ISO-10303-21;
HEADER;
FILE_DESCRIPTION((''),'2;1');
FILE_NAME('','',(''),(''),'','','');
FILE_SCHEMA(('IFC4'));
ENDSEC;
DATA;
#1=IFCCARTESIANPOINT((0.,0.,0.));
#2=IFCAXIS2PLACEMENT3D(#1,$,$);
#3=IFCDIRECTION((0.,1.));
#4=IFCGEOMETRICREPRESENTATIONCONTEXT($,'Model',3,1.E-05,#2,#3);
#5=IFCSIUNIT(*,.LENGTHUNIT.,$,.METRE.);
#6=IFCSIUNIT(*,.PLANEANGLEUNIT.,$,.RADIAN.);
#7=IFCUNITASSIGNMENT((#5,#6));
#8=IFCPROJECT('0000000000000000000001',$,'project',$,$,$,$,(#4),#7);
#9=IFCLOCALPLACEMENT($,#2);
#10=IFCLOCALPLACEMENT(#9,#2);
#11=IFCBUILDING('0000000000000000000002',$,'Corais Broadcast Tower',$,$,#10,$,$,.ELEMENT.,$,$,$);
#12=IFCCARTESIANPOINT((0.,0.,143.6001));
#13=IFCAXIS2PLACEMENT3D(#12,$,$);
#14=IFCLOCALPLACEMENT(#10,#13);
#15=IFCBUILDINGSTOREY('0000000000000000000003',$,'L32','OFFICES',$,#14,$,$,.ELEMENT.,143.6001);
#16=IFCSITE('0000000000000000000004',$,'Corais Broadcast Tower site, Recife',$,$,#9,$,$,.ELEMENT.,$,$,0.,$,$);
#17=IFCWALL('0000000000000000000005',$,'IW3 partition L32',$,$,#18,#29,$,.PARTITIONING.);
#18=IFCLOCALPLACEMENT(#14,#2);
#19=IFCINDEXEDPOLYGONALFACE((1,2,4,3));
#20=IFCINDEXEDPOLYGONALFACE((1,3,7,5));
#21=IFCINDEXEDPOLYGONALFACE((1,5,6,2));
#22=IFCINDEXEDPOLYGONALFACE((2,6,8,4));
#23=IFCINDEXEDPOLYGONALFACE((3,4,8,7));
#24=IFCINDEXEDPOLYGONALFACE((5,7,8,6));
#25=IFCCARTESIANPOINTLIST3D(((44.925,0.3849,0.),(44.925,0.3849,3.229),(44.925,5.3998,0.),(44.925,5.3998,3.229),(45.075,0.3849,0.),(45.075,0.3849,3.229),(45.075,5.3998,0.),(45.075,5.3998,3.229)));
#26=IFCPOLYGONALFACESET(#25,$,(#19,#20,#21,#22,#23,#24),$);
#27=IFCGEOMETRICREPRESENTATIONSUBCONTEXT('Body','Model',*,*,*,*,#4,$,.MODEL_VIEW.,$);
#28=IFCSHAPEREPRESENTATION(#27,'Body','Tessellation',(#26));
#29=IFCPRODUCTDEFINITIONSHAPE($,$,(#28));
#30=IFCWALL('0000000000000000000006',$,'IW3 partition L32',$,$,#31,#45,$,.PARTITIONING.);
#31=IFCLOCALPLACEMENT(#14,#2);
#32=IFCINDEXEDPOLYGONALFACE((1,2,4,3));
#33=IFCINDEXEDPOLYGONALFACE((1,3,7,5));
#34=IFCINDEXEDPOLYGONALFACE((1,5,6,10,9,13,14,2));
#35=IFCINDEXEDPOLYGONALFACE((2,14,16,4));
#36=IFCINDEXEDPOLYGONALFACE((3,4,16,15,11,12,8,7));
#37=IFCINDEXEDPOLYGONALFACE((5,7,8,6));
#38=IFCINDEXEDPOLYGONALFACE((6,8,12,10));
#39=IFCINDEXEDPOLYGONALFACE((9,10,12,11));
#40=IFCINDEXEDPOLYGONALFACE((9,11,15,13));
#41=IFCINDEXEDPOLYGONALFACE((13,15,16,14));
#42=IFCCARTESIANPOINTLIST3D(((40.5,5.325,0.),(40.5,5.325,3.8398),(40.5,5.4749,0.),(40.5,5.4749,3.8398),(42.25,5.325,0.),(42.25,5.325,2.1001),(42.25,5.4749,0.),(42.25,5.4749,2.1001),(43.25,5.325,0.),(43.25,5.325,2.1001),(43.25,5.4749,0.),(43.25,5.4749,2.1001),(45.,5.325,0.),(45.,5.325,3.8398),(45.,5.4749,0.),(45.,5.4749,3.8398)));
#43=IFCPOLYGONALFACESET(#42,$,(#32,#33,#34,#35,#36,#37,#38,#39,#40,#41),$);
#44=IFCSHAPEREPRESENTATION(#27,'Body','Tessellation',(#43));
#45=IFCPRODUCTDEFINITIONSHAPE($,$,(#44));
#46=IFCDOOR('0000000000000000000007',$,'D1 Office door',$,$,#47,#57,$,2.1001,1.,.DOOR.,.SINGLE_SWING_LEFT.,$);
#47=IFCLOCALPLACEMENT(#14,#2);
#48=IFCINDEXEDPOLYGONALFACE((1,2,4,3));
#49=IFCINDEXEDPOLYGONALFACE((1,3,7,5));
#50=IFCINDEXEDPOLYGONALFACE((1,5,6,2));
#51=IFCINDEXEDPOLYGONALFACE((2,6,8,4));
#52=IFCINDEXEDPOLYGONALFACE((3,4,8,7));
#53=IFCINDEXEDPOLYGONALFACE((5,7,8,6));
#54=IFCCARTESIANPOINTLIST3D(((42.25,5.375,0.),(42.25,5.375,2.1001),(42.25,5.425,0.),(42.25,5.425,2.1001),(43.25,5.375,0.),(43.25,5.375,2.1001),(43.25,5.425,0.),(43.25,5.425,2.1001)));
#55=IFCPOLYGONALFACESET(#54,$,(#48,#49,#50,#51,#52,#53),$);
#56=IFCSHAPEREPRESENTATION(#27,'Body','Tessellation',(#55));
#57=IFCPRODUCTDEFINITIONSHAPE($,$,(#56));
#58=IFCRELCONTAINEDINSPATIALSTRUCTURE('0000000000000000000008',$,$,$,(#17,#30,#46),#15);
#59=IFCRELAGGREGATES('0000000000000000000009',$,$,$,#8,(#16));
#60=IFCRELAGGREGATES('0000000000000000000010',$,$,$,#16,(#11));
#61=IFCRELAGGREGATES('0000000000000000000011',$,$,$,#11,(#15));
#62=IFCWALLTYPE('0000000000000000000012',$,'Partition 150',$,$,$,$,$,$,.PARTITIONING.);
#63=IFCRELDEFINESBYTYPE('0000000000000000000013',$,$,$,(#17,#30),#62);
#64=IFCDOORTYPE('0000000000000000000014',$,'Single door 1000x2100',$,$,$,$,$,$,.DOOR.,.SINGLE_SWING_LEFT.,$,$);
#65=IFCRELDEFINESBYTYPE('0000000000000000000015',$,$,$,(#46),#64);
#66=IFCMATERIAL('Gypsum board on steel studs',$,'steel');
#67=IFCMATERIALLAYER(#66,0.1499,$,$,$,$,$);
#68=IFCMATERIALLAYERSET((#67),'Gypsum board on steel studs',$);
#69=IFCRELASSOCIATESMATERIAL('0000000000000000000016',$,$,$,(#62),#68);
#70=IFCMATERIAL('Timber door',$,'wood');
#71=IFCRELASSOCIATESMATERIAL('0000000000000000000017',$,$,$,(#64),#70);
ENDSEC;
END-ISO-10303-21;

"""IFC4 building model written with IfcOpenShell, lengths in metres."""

from ifc_helpers import new_model, si_unit, direction, frame, frame_2d, origin, place, context, subcontext, project, spatial, rectangle, extrude, material, layer, layer_set, type_object, element, fill, save


model = new_model("IFC4")

# Units and contexts
model_context = context("Model", 3, precision=1e-05, world=origin(), true_north=direction((0.0, 1.0)))
body_context = subcontext(model_context, "Body", "Model", "MODEL_VIEW")
ifc_project = project(units=[si_unit("LENGTHUNIT", "METRE"), si_unit("PLANEANGLEUNIT", "RADIAN")], contexts=[model_context])

# Site, building, storey
site_placement = place(None, origin())
site = spatial("IfcSite", under=ifc_project, at=site_placement, Name="Corais Broadcast Tower site, Recife", CompositionType="ELEMENT", RefElevation=0.0)
building_placement = place(site_placement, origin())
building = spatial("IfcBuilding", under=site, at=building_placement, Name="Corais Broadcast Tower", CompositionType="ELEMENT")
storey_placement = place(building_placement, frame((0.0, 0.0, 143.6001)))
storey = spatial("IfcBuildingStorey", under=building, at=storey_placement, Name="L32", Description="OFFICES", CompositionType="ELEMENT", Elevation=143.6001)

# Wall
ifc_material_1 = material(Name="Gypsum board on steel studs", Category="steel")
ifc_layer_1 = layer(ifc_material_1, 0.1499)
ifc_layer_set_1 = layer_set([ifc_layer_1], Name="Gypsum board on steel studs")
wall_type = type_object("IfcWallType", Name="Partition 150", PredefinedType="PARTITIONING", material=ifc_layer_set_1)
wall_1_placement = place(storey_placement, frame((45.0, 0.385, 0.0), z_axis=(0.0, 0.0, 1.0), x_axis=(0.0, 1.0, 0.0)))
element("IfcWall", 1, at=wall_1_placement, inside=storey, type_object=wall_type, Name="IW3 partition L32", PredefinedType="PARTITIONING", context=body_context, shape_type="SweptSolid", body=[
    extrude(rectangle(XDim=5.0149, YDim=0.1499, at=frame_2d((2.5073, 0.0))), origin(), (0.0, 0.0, 1.0), 3.229),
])

# Wall, opening, door
wall_2_placement = place(storey_placement, frame((45.0, 5.3999, 0.0), z_axis=(0.0, 0.0, 1.0), x_axis=(-1.0, 0.0, 0.0)))
wall_2 = element("IfcWall", 2, at=wall_2_placement, inside=storey, type_object=wall_type, Name="IW3 partition L32", PredefinedType="PARTITIONING", context=body_context, shape_type="SweptSolid", body=[
    extrude(rectangle(XDim=4.5, YDim=0.1499, at=frame_2d((2.25, 0.0))), origin(), (0.0, 0.0, 1.0), 3.8398),
])
opening_placement = place(wall_2_placement, frame((1.75, 0.0, 0.0)))
opening = element("IfcOpeningElement", 3, at=opening_placement, cuts=wall_2, PredefinedType="OPENING", context=body_context, shape_type="SweptSolid", body=[
    extrude(rectangle(XDim=1.0, YDim=2.1001, at=frame_2d((0.5, 1.05))), frame((0.0, 0.085, 0.0), z_axis=(0.0, -1.0, 0.0), x_axis=(1.0, 0.0, 0.0)), (0.0, 0.0, 1.0), 0.1699),
])
ifc_material_2 = material(Name="Timber door", Category="wood")
door_type = type_object("IfcDoorType", Name="Single door 1000x2100", OperationType="SINGLE_SWING_LEFT", PredefinedType="DOOR", material=ifc_material_2)
door_placement = place(opening_placement, origin())
door = element("IfcDoor", 4, at=door_placement, inside=storey, type_object=door_type, Name="D1 Office door", OperationType="SINGLE_SWING_LEFT", OverallHeight=2.1001, OverallWidth=1.0, PredefinedType="DOOR", context=body_context, shape_type="SweptSolid", body=[
    extrude(rectangle(XDim=1.0, YDim=2.1001, at=frame_2d((0.5, 1.05))), frame((0.0, 0.0249, 0.0), z_axis=(0.0, -1.0, 0.0), x_axis=(1.0, 0.0, 0.0)), (0.0, 0.0, 1.0), 0.05),
])
fill(opening, door)

save(model, "model.ifc")
